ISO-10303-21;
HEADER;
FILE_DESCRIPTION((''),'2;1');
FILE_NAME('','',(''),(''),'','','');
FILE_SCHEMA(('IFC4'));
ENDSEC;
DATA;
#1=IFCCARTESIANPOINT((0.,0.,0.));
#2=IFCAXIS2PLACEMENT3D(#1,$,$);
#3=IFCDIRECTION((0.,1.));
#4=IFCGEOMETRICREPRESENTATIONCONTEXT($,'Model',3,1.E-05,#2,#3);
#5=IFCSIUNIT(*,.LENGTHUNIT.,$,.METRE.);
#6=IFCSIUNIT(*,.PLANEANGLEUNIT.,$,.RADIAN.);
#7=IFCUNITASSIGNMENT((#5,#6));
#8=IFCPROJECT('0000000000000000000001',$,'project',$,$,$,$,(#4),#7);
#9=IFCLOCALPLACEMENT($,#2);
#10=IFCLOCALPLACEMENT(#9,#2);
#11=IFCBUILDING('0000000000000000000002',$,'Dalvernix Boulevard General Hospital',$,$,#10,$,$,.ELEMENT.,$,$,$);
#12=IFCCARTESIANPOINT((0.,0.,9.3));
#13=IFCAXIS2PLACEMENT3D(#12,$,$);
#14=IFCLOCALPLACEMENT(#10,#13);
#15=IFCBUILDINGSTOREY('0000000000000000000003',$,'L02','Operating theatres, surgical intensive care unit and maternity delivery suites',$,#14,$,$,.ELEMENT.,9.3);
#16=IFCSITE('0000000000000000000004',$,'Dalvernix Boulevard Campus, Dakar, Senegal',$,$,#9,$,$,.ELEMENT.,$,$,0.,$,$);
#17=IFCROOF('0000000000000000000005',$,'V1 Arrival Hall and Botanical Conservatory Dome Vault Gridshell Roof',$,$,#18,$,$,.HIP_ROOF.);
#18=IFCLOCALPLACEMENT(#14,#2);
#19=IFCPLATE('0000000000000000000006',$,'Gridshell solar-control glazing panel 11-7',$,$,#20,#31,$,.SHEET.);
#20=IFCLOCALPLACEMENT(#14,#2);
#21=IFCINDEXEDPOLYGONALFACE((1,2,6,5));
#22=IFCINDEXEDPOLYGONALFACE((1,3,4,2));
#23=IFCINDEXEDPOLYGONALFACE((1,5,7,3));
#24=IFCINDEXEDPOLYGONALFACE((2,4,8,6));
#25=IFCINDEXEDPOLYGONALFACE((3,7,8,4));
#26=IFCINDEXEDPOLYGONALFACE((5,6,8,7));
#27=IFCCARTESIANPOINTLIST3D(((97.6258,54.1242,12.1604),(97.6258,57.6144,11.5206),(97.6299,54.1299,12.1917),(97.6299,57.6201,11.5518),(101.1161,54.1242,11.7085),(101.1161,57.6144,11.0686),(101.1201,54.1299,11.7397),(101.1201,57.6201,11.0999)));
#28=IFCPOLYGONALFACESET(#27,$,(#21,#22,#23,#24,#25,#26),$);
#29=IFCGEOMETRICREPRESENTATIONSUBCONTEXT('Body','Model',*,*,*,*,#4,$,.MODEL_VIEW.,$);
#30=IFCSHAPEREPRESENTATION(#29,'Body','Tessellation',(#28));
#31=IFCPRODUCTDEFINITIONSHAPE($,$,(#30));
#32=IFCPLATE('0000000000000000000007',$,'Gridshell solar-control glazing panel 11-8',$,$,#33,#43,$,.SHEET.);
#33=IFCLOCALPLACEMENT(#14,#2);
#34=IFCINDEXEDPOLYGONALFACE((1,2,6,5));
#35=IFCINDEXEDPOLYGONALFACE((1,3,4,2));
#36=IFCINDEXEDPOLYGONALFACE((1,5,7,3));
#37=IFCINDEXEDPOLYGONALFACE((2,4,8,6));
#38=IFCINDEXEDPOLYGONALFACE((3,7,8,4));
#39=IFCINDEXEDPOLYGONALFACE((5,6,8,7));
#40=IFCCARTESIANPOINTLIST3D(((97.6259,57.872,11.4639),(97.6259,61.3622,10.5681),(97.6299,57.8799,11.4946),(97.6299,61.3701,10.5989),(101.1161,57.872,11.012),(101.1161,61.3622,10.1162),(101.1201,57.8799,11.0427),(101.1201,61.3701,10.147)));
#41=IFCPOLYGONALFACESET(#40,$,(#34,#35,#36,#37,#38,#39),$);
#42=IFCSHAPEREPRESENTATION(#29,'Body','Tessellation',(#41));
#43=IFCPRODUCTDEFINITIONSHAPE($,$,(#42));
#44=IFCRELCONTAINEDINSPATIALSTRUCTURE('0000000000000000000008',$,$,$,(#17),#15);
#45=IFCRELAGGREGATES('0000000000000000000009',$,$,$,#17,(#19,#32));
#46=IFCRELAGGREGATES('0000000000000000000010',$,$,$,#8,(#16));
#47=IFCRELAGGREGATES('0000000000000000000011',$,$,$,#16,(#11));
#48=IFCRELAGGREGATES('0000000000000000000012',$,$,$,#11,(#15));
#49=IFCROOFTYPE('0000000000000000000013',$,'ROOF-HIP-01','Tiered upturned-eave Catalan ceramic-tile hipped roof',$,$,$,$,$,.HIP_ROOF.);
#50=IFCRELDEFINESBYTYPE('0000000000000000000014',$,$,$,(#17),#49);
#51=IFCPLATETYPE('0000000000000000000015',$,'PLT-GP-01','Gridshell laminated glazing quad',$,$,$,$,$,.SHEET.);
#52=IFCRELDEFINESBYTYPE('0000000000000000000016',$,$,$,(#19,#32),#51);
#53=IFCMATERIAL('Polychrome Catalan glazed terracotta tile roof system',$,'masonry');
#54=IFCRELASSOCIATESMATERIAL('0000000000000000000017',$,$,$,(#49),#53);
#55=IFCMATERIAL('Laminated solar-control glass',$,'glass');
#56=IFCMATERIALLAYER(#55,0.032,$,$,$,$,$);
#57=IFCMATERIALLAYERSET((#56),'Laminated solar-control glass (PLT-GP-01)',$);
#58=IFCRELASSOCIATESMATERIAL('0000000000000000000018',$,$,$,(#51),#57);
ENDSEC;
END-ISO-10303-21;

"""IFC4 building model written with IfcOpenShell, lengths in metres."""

from ifc_helpers import new_model, si_unit, direction, frame, origin, place, context, subcontext, project, spatial, polyline, outline, extrude, material, layer, layer_set, type_object, element, aggregate, save


model = new_model("IFC4")

# Units and contexts
model_context = context("Model", 3, precision=1e-05, world=origin(), true_north=direction((0.0, 1.0)))
body_context = subcontext(model_context, "Body", "Model", "MODEL_VIEW")
ifc_project = project(units=[si_unit("LENGTHUNIT", "METRE"), si_unit("PLANEANGLEUNIT", "RADIAN")], contexts=[model_context])

# Site, building, storey
site_placement = place(None, origin())
site = spatial("IfcSite", under=ifc_project, at=site_placement, Name="Dalvernix Boulevard Campus, Dakar, Senegal", CompositionType="ELEMENT", RefElevation=0.0)
building_placement = place(site_placement, origin())
building = spatial("IfcBuilding", under=site, at=building_placement, Name="Dalvernix Boulevard General Hospital", CompositionType="ELEMENT")
storey_placement = place(building_placement, frame((0.0, 0.0, 9.3)))
storey = spatial("IfcBuildingStorey", under=building, at=storey_placement, Name="L02", Description="Operating theatres, surgical intensive care unit and maternity delivery suites", CompositionType="ELEMENT", Elevation=9.3)

# Roof, plates
ifc_material_1 = material(Name="Polychrome Catalan glazed terracotta tile roof system", Category="masonry")
roof_type = type_object("IfcRoofType", Name="ROOF-HIP-01", Description="Tiered upturned-eave Catalan ceramic-tile hipped roof", PredefinedType="HIP_ROOF", material=ifc_material_1)
roof_placement = place(storey_placement, origin())
roof = element("IfcRoof", 1, at=roof_placement, inside=storey, type_object=roof_type, Name="V1 Arrival Hall and Botanical Conservatory Dome Vault Gridshell Roof", PredefinedType="HIP_ROOF")
ifc_material_2 = material(Name="Laminated solar-control glass", Category="glass")
ifc_layer_1 = layer(ifc_material_2, 0.032)
ifc_layer_set_1 = layer_set([ifc_layer_1], Name="Laminated solar-control glass (PLT-GP-01)")
plate_type = type_object("IfcPlateType", Name="PLT-GP-01", Description="Gridshell laminated glazing quad", PredefinedType="SHEET", material=ifc_layer_set_1)
plate_1_placement = place(storey_placement, frame((97.6299, 54.1299, 12.1917), z_axis=(0.126334, 0.178887, 0.975725), x_axis=(0.991722, 0.0, -0.128405)))
plate_1 = element("IfcPlate", 2, at=plate_1_placement, type_object=plate_type, Name="Gridshell solar-control glazing panel 11-7", PredefinedType="SHEET", context=body_context, shape_type="SweptSolid", body=[
    extrude(outline(polyline([(0.0, 0.0), (3.5194, 0.0), (3.6015, 3.5475), (0.0822, 3.5475), (0.0, 0.0)])), origin(), (0.0, 0.0, -1.0), 0.032),
])
plate_2_placement = place(storey_placement, frame((97.6299, 57.8799, 11.4946), z_axis=(0.124438, 0.246657, 0.961081), x_axis=(0.991722, 0.0, -0.128405)))
plate_2 = element("IfcPlate", 3, at=plate_2_placement, type_object=plate_type, Name="Gridshell solar-control glazing panel 11-8", PredefinedType="SHEET", context=body_context, shape_type="SweptSolid", body=[
    extrude(outline(polyline([(0.0, 0.0), (3.5194, 0.0), (3.6344, 3.6015), (0.115, 3.6015), (0.0, 0.0)])), origin(), (0.0, 0.0, -1.0), 0.032),
])
aggregate(roof, [plate_1, plate_2])

save(model, "model.ifc")
